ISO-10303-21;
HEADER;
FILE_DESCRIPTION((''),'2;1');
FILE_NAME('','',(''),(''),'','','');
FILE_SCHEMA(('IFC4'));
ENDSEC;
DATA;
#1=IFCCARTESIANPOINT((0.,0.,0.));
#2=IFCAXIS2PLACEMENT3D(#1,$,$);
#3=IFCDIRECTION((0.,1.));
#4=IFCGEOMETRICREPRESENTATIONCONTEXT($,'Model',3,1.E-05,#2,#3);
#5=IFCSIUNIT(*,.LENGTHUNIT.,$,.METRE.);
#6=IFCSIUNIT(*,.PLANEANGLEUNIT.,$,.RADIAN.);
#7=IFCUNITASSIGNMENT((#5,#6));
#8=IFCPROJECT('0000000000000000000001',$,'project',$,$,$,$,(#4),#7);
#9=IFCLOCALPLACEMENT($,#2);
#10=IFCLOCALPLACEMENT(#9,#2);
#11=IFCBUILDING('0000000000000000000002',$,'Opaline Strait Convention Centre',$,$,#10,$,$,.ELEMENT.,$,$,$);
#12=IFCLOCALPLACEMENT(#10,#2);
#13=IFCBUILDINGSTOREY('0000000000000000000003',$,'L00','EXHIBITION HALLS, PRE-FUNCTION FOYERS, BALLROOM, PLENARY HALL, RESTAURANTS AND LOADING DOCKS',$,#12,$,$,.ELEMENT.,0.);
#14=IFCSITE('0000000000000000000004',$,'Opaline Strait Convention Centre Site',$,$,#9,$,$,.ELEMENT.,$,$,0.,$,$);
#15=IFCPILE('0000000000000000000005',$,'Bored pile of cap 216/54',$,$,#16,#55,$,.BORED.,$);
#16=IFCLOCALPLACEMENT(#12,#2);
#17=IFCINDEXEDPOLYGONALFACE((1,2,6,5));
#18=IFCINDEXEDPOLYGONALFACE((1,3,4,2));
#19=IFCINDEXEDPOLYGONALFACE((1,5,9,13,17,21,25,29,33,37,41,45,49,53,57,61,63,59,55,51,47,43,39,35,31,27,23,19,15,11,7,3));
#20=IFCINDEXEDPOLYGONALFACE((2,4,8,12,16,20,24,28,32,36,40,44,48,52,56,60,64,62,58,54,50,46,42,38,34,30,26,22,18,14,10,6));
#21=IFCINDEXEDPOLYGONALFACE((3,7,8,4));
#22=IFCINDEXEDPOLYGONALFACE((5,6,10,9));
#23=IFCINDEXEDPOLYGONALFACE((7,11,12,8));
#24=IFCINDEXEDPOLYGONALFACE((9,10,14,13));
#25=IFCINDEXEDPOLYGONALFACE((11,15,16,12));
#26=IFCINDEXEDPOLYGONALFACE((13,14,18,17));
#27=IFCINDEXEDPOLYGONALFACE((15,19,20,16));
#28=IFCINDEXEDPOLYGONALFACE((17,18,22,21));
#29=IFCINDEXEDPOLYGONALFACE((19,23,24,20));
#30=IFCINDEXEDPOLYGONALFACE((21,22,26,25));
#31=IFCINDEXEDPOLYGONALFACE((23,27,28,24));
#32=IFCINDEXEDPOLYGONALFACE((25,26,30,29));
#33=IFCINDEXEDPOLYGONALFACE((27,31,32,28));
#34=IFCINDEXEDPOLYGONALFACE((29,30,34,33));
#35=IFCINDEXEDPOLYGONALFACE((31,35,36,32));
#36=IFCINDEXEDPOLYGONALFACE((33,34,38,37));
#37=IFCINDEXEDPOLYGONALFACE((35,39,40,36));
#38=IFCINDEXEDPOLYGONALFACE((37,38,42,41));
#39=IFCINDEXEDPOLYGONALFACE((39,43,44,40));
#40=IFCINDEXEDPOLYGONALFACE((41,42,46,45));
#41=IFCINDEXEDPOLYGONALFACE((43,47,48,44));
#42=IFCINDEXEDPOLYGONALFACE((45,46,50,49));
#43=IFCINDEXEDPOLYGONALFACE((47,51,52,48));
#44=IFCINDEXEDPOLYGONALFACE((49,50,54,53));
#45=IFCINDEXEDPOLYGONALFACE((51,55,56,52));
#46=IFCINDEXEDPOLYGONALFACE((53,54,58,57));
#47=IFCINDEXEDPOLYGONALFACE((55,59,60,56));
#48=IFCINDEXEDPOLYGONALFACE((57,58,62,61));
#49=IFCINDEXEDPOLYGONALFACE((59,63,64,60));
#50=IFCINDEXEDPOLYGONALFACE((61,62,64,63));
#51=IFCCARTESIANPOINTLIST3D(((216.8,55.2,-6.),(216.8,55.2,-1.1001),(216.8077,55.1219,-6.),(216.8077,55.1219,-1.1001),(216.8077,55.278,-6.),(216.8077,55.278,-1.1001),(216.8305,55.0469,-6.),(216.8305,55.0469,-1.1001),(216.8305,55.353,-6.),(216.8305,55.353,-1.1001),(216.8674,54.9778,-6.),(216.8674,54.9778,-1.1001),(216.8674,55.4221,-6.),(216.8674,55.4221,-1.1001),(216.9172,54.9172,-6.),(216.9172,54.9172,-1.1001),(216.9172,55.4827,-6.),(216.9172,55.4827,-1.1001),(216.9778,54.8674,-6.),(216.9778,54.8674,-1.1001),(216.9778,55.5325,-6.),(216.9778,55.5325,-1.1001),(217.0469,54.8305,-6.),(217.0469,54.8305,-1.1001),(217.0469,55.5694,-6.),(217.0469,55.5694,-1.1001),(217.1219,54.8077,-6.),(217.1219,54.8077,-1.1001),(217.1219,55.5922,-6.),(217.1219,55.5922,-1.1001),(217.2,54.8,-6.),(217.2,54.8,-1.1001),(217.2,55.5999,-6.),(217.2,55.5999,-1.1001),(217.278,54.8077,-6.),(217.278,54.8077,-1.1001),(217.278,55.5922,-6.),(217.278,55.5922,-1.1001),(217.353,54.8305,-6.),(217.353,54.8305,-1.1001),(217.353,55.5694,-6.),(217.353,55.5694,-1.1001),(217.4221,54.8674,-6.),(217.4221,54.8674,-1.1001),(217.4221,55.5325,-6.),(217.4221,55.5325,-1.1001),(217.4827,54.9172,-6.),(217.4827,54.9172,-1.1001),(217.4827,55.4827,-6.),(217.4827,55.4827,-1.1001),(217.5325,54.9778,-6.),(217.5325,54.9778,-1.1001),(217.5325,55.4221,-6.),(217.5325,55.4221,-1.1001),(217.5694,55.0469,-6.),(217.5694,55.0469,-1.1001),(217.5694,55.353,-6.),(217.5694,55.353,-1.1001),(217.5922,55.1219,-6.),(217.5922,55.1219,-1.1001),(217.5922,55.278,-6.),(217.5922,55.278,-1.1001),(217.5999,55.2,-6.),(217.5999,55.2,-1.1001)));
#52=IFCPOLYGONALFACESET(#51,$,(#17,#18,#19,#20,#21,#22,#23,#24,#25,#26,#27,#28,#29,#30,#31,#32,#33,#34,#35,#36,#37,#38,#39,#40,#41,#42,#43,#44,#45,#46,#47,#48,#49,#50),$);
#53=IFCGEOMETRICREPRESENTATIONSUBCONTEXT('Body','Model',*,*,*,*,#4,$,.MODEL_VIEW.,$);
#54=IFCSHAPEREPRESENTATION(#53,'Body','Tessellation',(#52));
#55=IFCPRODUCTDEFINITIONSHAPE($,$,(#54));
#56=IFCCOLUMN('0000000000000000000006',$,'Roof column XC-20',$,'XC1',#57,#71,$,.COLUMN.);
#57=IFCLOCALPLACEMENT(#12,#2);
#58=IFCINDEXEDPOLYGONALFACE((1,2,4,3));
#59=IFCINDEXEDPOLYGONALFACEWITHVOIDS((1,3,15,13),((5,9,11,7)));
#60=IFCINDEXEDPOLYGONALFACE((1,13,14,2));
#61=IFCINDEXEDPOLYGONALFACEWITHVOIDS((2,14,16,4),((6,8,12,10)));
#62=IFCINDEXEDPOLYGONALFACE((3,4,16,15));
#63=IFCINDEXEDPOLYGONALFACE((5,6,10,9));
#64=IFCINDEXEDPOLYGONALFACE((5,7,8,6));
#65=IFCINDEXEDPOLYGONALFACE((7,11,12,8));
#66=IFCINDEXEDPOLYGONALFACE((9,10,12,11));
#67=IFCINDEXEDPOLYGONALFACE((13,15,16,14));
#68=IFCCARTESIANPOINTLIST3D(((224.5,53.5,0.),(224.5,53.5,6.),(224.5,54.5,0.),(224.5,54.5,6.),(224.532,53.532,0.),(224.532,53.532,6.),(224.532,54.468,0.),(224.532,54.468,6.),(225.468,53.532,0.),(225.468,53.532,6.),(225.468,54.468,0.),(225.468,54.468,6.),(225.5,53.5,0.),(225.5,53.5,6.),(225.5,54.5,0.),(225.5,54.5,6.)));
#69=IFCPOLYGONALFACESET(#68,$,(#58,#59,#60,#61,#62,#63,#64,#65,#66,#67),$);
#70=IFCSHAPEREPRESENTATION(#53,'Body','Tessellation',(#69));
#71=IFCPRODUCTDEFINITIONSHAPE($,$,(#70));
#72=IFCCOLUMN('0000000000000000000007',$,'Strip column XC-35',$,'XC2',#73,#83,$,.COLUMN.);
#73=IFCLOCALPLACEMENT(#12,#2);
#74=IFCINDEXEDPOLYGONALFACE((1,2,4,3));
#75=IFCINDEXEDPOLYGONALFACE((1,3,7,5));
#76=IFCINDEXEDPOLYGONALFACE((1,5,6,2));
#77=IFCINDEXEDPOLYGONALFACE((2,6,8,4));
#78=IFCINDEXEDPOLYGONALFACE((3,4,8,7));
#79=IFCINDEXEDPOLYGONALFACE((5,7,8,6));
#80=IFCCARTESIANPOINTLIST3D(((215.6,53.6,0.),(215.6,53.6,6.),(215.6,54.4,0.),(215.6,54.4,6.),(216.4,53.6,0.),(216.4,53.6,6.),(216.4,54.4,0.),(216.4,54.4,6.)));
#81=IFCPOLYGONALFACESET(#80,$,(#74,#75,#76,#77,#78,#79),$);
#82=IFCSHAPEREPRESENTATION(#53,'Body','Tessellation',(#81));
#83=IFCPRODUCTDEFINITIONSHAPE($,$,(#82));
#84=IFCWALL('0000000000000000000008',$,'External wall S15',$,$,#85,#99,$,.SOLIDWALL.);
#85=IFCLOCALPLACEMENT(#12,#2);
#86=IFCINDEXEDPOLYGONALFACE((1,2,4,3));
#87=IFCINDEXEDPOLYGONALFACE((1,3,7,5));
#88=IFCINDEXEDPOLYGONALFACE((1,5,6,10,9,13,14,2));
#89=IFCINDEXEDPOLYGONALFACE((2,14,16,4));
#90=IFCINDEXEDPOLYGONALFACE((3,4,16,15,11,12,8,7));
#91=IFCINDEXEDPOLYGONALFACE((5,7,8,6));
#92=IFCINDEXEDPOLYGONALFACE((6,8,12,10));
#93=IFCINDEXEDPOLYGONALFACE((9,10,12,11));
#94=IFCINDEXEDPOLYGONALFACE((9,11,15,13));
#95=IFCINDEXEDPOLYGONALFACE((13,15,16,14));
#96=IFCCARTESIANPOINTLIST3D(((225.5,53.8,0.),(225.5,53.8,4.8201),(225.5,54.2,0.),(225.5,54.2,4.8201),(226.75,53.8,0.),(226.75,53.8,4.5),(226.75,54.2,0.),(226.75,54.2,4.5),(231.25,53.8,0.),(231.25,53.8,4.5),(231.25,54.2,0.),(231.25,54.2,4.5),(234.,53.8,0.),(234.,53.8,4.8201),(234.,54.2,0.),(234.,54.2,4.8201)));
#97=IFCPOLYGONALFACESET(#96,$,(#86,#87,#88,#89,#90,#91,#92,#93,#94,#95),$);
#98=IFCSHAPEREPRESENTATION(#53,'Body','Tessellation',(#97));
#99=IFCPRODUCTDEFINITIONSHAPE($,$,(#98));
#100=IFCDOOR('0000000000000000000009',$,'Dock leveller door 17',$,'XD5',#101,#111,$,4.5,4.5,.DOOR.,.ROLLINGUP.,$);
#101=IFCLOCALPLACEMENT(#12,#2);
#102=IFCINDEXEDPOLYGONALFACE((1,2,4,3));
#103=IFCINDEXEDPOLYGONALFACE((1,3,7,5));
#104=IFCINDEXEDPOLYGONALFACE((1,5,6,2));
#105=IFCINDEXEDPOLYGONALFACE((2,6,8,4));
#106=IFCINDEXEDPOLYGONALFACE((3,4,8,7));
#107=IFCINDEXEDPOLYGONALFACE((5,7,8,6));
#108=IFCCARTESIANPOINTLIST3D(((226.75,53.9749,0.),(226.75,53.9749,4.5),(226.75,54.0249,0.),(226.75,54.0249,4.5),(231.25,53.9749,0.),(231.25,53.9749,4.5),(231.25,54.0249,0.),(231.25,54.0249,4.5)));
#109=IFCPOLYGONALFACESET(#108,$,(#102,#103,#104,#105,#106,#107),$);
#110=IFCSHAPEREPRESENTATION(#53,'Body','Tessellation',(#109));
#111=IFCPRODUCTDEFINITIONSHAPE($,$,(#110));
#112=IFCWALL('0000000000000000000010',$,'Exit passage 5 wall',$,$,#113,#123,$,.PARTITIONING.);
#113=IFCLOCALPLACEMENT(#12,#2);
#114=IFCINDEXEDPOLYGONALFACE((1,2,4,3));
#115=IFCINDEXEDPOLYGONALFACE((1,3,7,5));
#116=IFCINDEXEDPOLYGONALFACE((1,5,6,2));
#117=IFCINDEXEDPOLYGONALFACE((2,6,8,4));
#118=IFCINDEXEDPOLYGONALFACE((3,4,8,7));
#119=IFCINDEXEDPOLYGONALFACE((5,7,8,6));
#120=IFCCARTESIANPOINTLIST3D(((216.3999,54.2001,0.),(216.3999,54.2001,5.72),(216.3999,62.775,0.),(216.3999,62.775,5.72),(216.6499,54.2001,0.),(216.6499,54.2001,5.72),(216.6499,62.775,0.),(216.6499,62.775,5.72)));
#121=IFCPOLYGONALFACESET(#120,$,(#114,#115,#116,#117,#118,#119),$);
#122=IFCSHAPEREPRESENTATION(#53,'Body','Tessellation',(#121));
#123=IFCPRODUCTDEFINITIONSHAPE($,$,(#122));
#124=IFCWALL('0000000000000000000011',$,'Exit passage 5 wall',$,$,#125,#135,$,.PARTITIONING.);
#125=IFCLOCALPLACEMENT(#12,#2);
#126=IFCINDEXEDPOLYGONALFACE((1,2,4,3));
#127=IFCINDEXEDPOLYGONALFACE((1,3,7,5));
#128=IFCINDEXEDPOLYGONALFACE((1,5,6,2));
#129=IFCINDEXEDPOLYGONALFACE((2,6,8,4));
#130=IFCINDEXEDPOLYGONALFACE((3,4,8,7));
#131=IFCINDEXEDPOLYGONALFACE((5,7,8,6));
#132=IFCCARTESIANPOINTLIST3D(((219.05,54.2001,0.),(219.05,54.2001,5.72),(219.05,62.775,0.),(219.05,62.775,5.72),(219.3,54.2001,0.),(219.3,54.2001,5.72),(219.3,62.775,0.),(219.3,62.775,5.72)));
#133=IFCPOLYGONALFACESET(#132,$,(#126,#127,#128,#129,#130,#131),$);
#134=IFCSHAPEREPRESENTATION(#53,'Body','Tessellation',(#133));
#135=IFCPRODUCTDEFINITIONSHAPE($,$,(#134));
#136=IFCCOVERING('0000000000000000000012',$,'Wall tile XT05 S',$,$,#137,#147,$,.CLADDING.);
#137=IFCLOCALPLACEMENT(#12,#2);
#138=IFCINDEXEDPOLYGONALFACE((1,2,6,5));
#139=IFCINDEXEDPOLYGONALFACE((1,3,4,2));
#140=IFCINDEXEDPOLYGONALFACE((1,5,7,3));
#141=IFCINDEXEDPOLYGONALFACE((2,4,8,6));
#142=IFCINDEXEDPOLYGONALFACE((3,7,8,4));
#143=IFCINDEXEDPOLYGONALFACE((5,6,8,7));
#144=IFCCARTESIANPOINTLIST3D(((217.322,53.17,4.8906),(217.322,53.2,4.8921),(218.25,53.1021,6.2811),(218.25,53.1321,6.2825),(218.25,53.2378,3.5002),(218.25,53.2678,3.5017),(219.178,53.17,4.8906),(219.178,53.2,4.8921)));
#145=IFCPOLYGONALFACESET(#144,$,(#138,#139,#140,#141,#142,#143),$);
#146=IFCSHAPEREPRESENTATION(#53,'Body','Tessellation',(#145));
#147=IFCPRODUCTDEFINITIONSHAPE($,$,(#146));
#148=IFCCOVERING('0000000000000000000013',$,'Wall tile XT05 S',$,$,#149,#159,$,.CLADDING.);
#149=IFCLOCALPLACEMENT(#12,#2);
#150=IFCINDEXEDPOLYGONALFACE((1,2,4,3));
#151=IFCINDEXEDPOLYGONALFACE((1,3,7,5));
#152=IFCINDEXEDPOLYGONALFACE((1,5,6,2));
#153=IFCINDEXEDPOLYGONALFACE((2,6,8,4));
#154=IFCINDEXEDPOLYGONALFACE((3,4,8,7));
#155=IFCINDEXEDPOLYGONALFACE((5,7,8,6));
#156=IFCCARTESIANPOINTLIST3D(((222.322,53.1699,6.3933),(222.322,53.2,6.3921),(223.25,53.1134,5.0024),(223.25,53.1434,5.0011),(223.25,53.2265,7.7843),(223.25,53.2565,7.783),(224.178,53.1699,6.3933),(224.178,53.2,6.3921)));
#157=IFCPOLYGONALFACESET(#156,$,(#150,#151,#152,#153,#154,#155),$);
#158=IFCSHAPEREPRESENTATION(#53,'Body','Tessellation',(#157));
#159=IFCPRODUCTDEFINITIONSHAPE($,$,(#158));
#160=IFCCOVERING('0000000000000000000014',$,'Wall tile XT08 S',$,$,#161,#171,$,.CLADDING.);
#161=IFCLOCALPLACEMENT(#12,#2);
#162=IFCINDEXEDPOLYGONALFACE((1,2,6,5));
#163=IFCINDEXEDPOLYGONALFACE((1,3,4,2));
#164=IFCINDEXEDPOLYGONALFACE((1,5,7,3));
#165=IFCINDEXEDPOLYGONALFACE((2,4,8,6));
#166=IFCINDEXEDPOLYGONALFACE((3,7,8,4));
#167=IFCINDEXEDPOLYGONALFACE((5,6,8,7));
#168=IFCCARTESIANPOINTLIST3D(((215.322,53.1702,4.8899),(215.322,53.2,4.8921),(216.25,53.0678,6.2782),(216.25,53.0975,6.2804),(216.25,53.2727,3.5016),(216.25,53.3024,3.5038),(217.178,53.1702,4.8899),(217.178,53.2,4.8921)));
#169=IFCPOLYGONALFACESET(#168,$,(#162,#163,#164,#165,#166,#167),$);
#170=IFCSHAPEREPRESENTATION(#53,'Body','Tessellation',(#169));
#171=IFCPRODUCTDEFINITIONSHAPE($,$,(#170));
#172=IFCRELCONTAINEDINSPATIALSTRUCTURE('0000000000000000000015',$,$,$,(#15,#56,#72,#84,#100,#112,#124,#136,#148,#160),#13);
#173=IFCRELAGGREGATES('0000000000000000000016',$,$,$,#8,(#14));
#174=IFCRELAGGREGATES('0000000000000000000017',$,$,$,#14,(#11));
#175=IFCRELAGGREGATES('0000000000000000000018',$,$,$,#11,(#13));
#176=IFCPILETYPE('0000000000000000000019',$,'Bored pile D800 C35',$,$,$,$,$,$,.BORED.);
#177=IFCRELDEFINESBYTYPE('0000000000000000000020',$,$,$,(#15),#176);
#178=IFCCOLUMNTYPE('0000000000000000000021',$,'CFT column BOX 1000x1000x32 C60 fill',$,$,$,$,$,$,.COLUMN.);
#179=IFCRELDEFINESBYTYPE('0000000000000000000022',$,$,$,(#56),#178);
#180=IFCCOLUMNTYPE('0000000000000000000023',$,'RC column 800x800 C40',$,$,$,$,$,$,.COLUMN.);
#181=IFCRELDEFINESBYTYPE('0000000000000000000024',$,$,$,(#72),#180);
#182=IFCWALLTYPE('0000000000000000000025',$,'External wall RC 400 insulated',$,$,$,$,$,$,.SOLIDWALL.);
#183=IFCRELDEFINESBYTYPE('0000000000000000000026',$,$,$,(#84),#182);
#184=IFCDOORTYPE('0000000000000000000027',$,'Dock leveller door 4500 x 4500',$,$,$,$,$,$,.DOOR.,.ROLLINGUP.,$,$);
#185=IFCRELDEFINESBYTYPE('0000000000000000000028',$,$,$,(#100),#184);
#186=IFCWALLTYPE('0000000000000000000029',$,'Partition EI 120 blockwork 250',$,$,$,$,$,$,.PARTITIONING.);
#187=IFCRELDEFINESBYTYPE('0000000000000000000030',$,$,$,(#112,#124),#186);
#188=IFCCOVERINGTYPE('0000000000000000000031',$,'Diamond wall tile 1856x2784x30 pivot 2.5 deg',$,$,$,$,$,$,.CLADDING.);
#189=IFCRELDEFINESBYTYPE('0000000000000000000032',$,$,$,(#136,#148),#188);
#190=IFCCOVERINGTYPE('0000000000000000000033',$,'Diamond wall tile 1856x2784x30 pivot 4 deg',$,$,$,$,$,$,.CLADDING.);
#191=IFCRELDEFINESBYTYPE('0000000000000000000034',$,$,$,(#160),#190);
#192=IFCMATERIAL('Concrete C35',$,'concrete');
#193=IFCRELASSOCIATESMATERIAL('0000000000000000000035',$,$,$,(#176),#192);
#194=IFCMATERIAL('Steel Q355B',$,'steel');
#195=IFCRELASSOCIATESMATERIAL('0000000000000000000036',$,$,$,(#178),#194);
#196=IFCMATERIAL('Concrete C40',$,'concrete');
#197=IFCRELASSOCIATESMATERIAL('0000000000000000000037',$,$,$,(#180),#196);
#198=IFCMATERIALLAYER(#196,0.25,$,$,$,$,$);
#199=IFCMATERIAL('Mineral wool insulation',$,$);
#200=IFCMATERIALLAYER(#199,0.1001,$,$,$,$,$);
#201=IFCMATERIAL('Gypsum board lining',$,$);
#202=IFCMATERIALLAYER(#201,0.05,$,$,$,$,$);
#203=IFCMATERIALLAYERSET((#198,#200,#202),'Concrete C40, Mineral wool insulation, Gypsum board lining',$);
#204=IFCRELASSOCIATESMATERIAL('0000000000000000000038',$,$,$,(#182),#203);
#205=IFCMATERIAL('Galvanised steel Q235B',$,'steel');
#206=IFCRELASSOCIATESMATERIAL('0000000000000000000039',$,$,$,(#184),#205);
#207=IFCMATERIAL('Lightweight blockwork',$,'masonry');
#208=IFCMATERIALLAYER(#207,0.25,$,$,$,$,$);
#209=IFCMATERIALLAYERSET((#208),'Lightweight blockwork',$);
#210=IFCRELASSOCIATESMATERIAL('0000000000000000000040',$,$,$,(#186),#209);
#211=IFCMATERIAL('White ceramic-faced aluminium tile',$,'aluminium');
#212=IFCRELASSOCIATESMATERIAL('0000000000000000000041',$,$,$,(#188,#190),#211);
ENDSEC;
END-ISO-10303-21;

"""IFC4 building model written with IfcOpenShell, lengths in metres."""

from ifc_helpers import new_model, si_unit, direction, frame, frame_2d, origin, origin_2d, place, context, subcontext, project, spatial, polyline, rectangle, hollow_rectangle, circle, outline, extrude, material, layer, layer_set, material_profile, profile_set, type_object, element, fill, save


model = new_model("IFC4")

# Units and contexts
model_context = context("Model", 3, precision=1e-05, world=origin(), true_north=direction((0.0, 1.0)))
body_context = subcontext(model_context, "Body", "Model", "MODEL_VIEW")
ifc_project = project(units=[si_unit("LENGTHUNIT", "METRE"), si_unit("PLANEANGLEUNIT", "RADIAN")], contexts=[model_context])

# Site, building, storey
site_placement = place(None, origin())
site = spatial("IfcSite", under=ifc_project, at=site_placement, Name="Opaline Strait Convention Centre Site", CompositionType="ELEMENT", RefElevation=0.0)
building_placement = place(site_placement, origin())
building = spatial("IfcBuilding", under=site, at=building_placement, Name="Opaline Strait Convention Centre", CompositionType="ELEMENT")
storey_placement = place(building_placement, origin())
storey = spatial("IfcBuildingStorey", under=building, at=storey_placement, Name="L00", Description="EXHIBITION HALLS, PRE-FUNCTION FOYERS, BALLROOM, PLENARY HALL, RESTAURANTS AND LOADING DOCKS", CompositionType="ELEMENT", Elevation=0.0)

# Pile
ifc_material_1 = material(Name="Concrete C35", Category="concrete")
ifc_material_profile_1 = material_profile(ifc_material_1, circle(Radius=0.3999, at=origin_2d()), Name="D800")
ifc_profile_set_1 = profile_set([ifc_material_profile_1], Name="Concrete C35")
pile_type_1 = type_object("IfcPileType", Name="Bored pile D800 C35", PredefinedType="BORED", material=ifc_profile_set_1)
for number, where, z_axis, x_axis, name in (
    (1, (217.2, 55.2, -1.1001), (0.0, 0.0, -1.0), (1.0, 0.0, 0.0), "Bored pile of cap 216/54"),
):
    element("IfcPile", number, at=place(storey_placement, frame(where, z_axis=z_axis, x_axis=x_axis)), inside=storey, type_object=pile_type_1, Name=name, PredefinedType="BORED", context=body_context, shape_type="SweptSolid", body=[
        extrude(circle(Radius=0.3999, at=origin_2d()), origin(), (0.0, 0.0, 1.0), 4.8999),
    ])

# Columns
ifc_material_2 = material(Name="Steel Q355B", Category="steel")
ifc_material_profile_2 = material_profile(ifc_material_2, hollow_rectangle(XDim=1.0, YDim=1.0, WallThickness=0.032, at=origin_2d()), Name="BOX 1000x1000x32")
ifc_profile_set_2 = profile_set([ifc_material_profile_2], Name="Steel Q355B")
column_type_1 = type_object("IfcColumnType", Name="CFT column BOX 1000x1000x32 C60 fill", PredefinedType="COLUMN", material=ifc_profile_set_2)
column_1_placement = place(storey_placement, frame((225.0, 54.0, 0.0), z_axis=(0.0, 0.0, 1.0), x_axis=(1.0, 0.0, 0.0)))
element("IfcColumn", 2, at=column_1_placement, inside=storey, type_object=column_type_1, Name="Roof column XC-20", ObjectType="XC1", PredefinedType="COLUMN", context=body_context, shape_type="SweptSolid", body=[
    extrude(hollow_rectangle(XDim=1.0, YDim=1.0, WallThickness=0.032, at=origin_2d()), origin(), (0.0, 0.0, 1.0), 6.0),
])
ifc_material_3 = material(Name="Concrete C40", Category="concrete")
ifc_material_profile_3 = material_profile(ifc_material_3, rectangle(XDim=0.8, YDim=0.8, at=origin_2d()), Name="RC 800x800")
ifc_profile_set_3 = profile_set([ifc_material_profile_3], Name="Concrete C40")
column_type_2 = type_object("IfcColumnType", Name="RC column 800x800 C40", PredefinedType="COLUMN", material=ifc_profile_set_3)
column_2_placement = place(storey_placement, frame((216.0, 54.0, 0.0), z_axis=(0.0, 0.0, 1.0), x_axis=(1.0, 0.0, 0.0)))
element("IfcColumn", 3, at=column_2_placement, inside=storey, type_object=column_type_2, Name="Strip column XC-35", ObjectType="XC2", PredefinedType="COLUMN", context=body_context, shape_type="SweptSolid", body=[
    extrude(rectangle(XDim=0.8, YDim=0.8, at=origin_2d()), origin(), (0.0, 0.0, 1.0), 6.0),
])

# Shared definitions
ifc_layer_1 = layer(ifc_material_3, 0.25)
ifc_material_4 = material(Name="Mineral wool insulation")
ifc_layer_2 = layer(ifc_material_4, 0.1001)
ifc_material_5 = material(Name="Gypsum board lining")
ifc_layer_3 = layer(ifc_material_5, 0.05)
ifc_layer_set_1 = layer_set([ifc_layer_1, ifc_layer_2, ifc_layer_3], Name="Concrete C40, Mineral wool insulation, Gypsum board lining")
wall_type_1 = type_object("IfcWallType", Name="External wall RC 400 insulated", PredefinedType="SOLIDWALL", material=ifc_layer_set_1)
ifc_material_6 = material(Name="Galvanised steel Q235B", Category="steel")
door_type_1 = type_object("IfcDoorType", Name="Dock leveller door 4500 x 4500", OperationType="ROLLINGUP", PredefinedType="DOOR", material=ifc_material_6)

# Wall, opening, door
wall_1_placement = place(storey_placement, frame((225.5, 54.0, 0.0), z_axis=(0.0, 0.0, 1.0), x_axis=(1.0, 0.0, 0.0)))
wall_1 = element("IfcWall", 4, at=wall_1_placement, inside=storey, type_object=wall_type_1, Name="External wall S15", PredefinedType="SOLIDWALL", context=body_context, shape_type="SweptSolid", body=[
    extrude(rectangle(XDim=8.5, YDim=0.3999, at=frame_2d((4.25, 0.0))), origin(), (0.0, 0.0, 1.0), 4.8201),
])
opening_1_placement = place(wall_1_placement, frame((1.25, 0.0, 0.0)))
opening_1 = element("IfcOpeningElement", 5, at=opening_1_placement, cuts=wall_1, PredefinedType="OPENING", context=body_context, shape_type="SweptSolid", body=[
    extrude(rectangle(XDim=4.5, YDim=4.5, at=frame_2d((2.25, 2.25))), frame((0.0, 0.21, 0.0), z_axis=(0.0, -1.0, 0.0), x_axis=(1.0, 0.0, 0.0)), (0.0, 0.0, 1.0), 0.4199),
])
door_1_placement = place(opening_1_placement, origin())
door_1 = element("IfcDoor", 6, at=door_1_placement, inside=storey, type_object=door_type_1, Name="Dock leveller door 17", ObjectType="XD5", OperationType="ROLLINGUP", OverallHeight=4.5, OverallWidth=4.5, PredefinedType="DOOR", context=body_context, shape_type="SweptSolid", body=[
    extrude(rectangle(XDim=4.5, YDim=4.5, at=frame_2d((2.25, 2.25))), frame((0.0, 0.0249, 0.0), z_axis=(0.0, -1.0, 0.0), x_axis=(1.0, 0.0, 0.0)), (0.0, 0.0, 1.0), 0.05),
])
fill(opening_1, door_1)

# Walls
ifc_material_7 = material(Name="Lightweight blockwork", Category="masonry")
ifc_layer_4 = layer(ifc_material_7, 0.25)
ifc_layer_set_2 = layer_set([ifc_layer_4], Name="Lightweight blockwork")
wall_type_2 = type_object("IfcWallType", Name="Partition EI 120 blockwork 250", PredefinedType="PARTITIONING", material=ifc_layer_set_2)
for number, where, z_axis, x_axis, name in (
    (7, (216.5249, 54.2, 0.0), (0.0, 0.0, 1.0), (0.0, 1.0, 0.0), "Exit passage 5 wall"),
    (8, (219.175, 54.2, 0.0), (0.0, 0.0, 1.0), (0.0, 1.0, 0.0), "Exit passage 5 wall"),
):
    element("IfcWall", number, at=place(storey_placement, frame(where, z_axis=z_axis, x_axis=x_axis)), inside=storey, type_object=wall_type_2, Name=name, PredefinedType="PARTITIONING", context=body_context, shape_type="SweptSolid", body=[
        extrude(rectangle(XDim=8.575, YDim=0.25, at=frame_2d((4.2876, 0.0))), origin(), (0.0, 0.0, 1.0), 5.72),
    ])

# Coverings
ifc_material_8 = material(Name="White ceramic-faced aluminium tile", Category="aluminium")
ifc_material_profile_4 = material_profile(ifc_material_8, outline(polyline([(0.928, 0.0), (0.0, 1.3921), (-0.928, 0.0), (0.0, -1.3921), (0.928, 0.0)])), Name="Diamond tile 1856x2784")
ifc_profile_set_4 = profile_set([ifc_material_profile_4], Name="White ceramic-faced aluminium tile")
covering_type_1 = type_object("IfcCoveringType", Name="Diamond wall tile 1856x2784x30 pivot 2.5 deg", PredefinedType="CLADDING", material=ifc_profile_set_4)
for number, where, z_axis, x_axis, name in (
    (9, (218.25, 53.2, 4.8921), (0.0, -0.998812, -0.048723), (1.0, 0.0, 0.0), "Wall tile XT05 S"),
    (10, (223.25, 53.2, 6.3921), (0.0, -0.999175, 0.040617), (1.0, 0.0, 0.0), "Wall tile XT05 S"),
):
    element("IfcCovering", number, at=place(storey_placement, frame(where, z_axis=z_axis, x_axis=x_axis)), inside=storey, type_object=covering_type_1, Name=name, PredefinedType="CLADDING", context=body_context, shape_type="SweptSolid", body=[
        extrude(outline(polyline([(0.928, 0.0), (0.0, 1.3921), (-0.928, 0.0), (0.0, -1.3921), (0.928, 0.0)])), origin(), (0.0, 0.0, 1.0), 0.03),
    ])
ifc_material_profile_5 = material_profile(ifc_material_8, outline(polyline([(0.928, 0.0), (0.0, 1.3921), (-0.928, 0.0), (0.0, -1.3921), (0.928, 0.0)])), Name="Diamond tile 1856x2784")
ifc_profile_set_5 = profile_set([ifc_material_profile_5], Name="White ceramic-faced aluminium tile")
covering_type_2 = type_object("IfcCoveringType", Name="Diamond wall tile 1856x2784x30 pivot 4 deg", PredefinedType="CLADDING", material=ifc_profile_set_5)
for number, where, z_axis, x_axis, name in (
    (11, (216.25, 53.2, 4.8921), (0.0, -0.99729, -0.073571), (1.0, 0.0, 0.0), "Wall tile XT08 S"),
):
    element("IfcCovering", number, at=place(storey_placement, frame(where, z_axis=z_axis, x_axis=x_axis)), inside=storey, type_object=covering_type_2, Name=name, PredefinedType="CLADDING", context=body_context, shape_type="SweptSolid", body=[
        extrude(outline(polyline([(0.928, 0.0), (0.0, 1.3921), (-0.928, 0.0), (0.0, -1.3921), (0.928, 0.0)])), origin(), (0.0, 0.0, 1.0), 0.0298),
    ])

save(model, "model.ifc")
